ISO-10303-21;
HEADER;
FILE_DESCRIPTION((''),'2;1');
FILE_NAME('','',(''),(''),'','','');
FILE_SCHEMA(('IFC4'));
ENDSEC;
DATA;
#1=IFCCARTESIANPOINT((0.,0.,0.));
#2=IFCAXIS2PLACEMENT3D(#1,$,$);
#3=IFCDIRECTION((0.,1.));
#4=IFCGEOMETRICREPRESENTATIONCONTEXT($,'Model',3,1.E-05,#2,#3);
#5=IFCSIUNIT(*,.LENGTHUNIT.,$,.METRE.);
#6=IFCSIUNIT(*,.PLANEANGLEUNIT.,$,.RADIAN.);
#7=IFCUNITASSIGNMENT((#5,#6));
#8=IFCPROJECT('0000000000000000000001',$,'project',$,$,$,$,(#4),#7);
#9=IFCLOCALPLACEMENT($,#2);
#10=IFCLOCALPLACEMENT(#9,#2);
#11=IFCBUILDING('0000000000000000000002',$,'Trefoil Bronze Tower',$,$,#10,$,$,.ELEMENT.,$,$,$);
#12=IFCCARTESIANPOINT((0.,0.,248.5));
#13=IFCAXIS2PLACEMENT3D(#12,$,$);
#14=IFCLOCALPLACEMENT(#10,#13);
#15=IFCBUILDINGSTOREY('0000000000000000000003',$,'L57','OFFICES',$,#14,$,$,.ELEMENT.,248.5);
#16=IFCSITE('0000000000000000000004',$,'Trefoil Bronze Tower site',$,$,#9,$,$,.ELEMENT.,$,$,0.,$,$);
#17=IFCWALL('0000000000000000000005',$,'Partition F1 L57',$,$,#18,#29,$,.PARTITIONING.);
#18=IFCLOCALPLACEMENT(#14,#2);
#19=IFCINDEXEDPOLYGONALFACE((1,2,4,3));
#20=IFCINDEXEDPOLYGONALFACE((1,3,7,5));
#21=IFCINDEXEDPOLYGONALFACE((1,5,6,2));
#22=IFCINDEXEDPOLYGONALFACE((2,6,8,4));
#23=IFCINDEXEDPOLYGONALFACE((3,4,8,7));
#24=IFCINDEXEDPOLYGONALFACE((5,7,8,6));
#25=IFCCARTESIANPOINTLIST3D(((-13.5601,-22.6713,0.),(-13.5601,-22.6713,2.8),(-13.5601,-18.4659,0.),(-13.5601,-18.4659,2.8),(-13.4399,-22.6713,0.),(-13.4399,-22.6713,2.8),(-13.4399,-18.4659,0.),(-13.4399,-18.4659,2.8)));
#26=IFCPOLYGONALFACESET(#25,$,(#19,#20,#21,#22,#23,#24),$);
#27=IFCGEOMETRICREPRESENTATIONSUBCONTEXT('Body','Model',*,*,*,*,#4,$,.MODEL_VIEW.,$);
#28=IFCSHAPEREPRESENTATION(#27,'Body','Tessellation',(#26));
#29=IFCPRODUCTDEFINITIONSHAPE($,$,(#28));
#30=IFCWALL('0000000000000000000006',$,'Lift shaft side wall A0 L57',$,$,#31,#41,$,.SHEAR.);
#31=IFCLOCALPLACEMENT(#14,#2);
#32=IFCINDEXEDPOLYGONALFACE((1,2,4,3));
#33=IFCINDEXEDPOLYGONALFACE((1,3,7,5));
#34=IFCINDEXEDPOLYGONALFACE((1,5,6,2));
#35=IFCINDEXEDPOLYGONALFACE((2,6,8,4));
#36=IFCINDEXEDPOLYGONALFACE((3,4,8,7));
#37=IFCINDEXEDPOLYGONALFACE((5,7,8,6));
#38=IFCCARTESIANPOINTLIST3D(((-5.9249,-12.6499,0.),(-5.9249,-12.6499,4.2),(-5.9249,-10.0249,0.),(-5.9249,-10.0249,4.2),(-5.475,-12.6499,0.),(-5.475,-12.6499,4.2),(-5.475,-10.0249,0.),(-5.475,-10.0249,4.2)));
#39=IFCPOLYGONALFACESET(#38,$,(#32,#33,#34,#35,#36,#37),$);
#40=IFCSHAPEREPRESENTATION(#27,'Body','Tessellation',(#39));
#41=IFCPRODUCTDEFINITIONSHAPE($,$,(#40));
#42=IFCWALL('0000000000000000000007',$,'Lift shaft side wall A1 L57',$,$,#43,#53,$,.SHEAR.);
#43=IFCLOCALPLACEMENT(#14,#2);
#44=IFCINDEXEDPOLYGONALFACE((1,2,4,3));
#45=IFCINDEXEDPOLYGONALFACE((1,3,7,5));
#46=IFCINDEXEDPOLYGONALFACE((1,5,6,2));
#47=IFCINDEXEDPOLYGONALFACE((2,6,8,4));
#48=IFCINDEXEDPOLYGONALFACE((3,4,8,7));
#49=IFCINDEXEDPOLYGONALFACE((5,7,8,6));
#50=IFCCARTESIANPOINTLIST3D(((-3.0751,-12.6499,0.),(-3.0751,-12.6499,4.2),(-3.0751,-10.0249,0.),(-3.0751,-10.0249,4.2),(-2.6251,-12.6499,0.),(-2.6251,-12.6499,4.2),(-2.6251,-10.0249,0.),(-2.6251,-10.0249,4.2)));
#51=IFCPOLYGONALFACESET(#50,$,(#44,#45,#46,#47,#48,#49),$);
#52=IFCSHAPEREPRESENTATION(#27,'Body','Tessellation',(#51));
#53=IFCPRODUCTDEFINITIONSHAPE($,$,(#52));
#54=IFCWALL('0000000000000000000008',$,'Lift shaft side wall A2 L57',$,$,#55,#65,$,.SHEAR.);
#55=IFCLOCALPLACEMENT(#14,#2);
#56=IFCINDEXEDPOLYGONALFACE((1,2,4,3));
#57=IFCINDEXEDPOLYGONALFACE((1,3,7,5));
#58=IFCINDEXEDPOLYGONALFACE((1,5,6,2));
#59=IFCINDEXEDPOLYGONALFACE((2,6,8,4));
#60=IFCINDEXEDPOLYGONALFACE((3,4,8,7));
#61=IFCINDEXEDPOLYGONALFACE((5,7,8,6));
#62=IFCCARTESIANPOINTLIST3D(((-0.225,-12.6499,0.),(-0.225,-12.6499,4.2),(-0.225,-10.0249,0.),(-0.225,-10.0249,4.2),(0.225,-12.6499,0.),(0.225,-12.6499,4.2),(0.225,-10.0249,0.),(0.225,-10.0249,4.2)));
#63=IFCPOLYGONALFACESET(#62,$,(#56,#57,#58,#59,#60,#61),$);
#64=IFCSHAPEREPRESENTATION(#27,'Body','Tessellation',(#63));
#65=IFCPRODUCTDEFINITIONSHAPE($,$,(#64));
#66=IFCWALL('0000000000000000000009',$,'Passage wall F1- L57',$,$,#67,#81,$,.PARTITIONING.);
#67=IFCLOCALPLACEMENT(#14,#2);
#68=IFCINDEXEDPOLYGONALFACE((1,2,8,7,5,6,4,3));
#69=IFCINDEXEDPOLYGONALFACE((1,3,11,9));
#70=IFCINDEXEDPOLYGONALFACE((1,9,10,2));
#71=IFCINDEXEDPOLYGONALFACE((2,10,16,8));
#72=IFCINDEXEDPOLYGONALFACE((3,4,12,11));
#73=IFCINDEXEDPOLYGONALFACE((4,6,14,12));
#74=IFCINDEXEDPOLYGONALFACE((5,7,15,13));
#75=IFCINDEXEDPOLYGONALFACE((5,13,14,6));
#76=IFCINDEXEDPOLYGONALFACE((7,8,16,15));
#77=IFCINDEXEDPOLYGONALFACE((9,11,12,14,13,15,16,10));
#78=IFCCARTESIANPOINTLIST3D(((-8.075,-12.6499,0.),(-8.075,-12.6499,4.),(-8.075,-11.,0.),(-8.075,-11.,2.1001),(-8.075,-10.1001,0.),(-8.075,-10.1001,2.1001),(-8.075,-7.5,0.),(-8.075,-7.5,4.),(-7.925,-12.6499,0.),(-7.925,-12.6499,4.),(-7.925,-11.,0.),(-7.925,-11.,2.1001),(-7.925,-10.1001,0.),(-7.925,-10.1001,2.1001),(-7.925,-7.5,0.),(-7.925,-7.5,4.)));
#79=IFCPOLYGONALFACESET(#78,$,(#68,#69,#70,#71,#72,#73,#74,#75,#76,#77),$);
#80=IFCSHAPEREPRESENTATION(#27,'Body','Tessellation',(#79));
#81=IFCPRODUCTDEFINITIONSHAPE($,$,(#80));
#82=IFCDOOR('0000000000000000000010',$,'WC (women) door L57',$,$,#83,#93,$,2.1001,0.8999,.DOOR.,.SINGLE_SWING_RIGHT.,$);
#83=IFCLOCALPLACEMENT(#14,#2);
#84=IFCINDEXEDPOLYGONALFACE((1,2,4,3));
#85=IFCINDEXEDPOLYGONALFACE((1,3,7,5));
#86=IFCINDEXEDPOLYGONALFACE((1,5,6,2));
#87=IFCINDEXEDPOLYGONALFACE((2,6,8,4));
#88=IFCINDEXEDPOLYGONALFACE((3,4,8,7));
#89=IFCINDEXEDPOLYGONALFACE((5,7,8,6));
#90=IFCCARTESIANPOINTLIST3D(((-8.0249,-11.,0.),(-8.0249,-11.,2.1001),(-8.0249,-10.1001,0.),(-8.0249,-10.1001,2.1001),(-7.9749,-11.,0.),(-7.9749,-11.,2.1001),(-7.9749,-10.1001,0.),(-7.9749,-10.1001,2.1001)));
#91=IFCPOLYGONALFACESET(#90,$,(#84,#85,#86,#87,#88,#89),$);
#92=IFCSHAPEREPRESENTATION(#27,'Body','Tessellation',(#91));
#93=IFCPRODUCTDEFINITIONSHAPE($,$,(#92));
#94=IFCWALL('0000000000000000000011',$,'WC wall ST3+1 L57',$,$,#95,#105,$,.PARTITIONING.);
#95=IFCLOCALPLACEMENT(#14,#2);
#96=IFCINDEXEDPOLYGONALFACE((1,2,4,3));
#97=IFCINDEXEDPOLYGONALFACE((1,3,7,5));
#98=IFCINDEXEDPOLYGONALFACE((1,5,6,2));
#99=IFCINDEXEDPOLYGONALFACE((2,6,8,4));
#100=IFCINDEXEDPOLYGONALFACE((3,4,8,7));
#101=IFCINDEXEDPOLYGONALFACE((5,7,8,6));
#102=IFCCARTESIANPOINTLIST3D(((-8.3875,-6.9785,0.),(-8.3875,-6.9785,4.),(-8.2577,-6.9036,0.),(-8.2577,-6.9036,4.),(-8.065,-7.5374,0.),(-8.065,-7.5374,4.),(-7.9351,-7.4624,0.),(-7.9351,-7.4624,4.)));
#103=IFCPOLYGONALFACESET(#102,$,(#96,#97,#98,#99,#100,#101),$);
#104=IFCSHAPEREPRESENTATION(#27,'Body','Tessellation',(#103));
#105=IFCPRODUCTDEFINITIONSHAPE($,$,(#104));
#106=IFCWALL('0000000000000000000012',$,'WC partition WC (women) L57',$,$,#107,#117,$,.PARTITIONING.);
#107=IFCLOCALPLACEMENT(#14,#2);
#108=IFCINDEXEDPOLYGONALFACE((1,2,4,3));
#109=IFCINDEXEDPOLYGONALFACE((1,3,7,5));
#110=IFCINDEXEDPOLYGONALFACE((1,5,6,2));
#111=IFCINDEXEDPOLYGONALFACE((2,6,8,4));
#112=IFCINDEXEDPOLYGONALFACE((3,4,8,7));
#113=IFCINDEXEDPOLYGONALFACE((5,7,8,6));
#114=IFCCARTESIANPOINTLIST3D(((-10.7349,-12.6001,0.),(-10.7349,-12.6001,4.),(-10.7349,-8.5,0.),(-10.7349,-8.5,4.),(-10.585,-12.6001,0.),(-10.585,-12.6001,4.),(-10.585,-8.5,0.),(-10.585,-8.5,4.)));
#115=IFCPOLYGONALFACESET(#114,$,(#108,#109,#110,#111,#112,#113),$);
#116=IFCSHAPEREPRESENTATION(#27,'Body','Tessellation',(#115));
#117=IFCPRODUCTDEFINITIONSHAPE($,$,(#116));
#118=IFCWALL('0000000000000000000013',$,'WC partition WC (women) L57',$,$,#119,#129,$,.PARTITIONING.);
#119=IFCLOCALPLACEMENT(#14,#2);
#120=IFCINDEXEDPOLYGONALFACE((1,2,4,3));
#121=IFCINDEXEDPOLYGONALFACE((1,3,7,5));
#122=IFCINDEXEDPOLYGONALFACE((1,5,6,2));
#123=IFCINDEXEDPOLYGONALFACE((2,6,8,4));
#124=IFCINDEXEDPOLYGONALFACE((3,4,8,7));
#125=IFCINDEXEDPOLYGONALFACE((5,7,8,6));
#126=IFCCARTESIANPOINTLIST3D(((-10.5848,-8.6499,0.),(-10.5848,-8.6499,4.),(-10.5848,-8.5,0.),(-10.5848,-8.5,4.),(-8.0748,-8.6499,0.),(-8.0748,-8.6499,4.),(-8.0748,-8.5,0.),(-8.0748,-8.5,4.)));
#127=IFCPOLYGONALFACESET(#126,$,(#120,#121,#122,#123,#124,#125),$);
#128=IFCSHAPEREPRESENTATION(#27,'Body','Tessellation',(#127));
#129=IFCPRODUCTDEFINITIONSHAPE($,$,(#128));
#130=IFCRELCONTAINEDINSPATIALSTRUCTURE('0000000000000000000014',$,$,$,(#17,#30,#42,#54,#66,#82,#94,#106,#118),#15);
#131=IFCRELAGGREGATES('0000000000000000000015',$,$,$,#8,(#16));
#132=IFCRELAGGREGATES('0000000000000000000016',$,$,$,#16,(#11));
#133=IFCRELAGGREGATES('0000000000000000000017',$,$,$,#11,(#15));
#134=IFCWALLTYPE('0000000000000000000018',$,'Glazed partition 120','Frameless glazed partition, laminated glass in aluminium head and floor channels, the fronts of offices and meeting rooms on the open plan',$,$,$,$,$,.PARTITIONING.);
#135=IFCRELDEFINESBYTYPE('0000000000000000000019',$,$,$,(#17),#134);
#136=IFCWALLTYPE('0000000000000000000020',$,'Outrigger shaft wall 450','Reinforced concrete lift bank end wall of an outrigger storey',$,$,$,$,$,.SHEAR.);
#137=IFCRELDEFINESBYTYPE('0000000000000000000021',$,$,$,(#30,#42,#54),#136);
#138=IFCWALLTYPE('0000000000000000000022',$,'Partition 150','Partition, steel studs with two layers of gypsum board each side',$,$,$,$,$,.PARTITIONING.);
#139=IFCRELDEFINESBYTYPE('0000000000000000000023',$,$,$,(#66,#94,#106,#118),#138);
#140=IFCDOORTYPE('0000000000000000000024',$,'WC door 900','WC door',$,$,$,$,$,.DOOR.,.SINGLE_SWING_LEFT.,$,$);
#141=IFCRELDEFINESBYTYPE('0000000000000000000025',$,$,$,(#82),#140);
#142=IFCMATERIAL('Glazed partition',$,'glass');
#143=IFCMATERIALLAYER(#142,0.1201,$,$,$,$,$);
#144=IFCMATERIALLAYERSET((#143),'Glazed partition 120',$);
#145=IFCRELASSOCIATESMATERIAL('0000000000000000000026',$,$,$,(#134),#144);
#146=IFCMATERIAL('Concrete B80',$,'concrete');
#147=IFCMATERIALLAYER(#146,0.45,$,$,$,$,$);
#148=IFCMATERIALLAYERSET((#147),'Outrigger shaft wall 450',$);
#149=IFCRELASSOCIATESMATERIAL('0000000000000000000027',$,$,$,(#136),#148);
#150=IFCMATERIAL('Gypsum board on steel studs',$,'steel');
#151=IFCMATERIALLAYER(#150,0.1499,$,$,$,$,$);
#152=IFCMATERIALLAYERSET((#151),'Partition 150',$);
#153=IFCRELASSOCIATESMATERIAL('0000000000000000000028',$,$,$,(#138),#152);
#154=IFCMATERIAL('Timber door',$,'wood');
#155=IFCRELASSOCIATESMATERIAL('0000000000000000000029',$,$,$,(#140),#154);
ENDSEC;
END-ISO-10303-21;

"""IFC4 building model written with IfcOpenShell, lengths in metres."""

from ifc_helpers import new_model, si_unit, direction, frame, frame_2d, origin, place, context, subcontext, project, spatial, rectangle, extrude, material, layer, layer_set, type_object, element, fill, save


model = new_model("IFC4")

# Units and contexts
model_context = context("Model", 3, precision=1e-05, world=origin(), true_north=direction((0.0, 1.0)))
body_context = subcontext(model_context, "Body", "Model", "MODEL_VIEW")
ifc_project = project(units=[si_unit("LENGTHUNIT", "METRE"), si_unit("PLANEANGLEUNIT", "RADIAN")], contexts=[model_context])

# Site, building, storey
site_placement = place(None, origin())
site = spatial("IfcSite", under=ifc_project, at=site_placement, Name="Trefoil Bronze Tower site", CompositionType="ELEMENT", RefElevation=0.0)
building_placement = place(site_placement, origin())
building = spatial("IfcBuilding", under=site, at=building_placement, Name="Trefoil Bronze Tower", CompositionType="ELEMENT")
storey_placement = place(building_placement, frame((0.0, 0.0, 248.5)))
storey = spatial("IfcBuildingStorey", under=building, at=storey_placement, Name="L57", Description="OFFICES", CompositionType="ELEMENT", Elevation=248.5)

# Walls
ifc_material_1 = material(Name="Glazed partition", Category="glass")
ifc_layer_1 = layer(ifc_material_1, 0.1201)
ifc_layer_set_1 = layer_set([ifc_layer_1], Name="Glazed partition 120")
wall_type_1 = type_object("IfcWallType", Name="Glazed partition 120", Description="Frameless glazed partition, laminated glass in aluminium head and floor channels, the fronts of offices and meeting rooms on the open plan", PredefinedType="PARTITIONING", material=ifc_layer_set_1)
wall_1_placement = place(storey_placement, frame((-13.5, -18.4661, 0.0), z_axis=(0.0, 0.0, 1.0), x_axis=(0.0, -1.0, 0.0)))
element("IfcWall", 1, at=wall_1_placement, inside=storey, type_object=wall_type_1, Name="Partition F1 L57", PredefinedType="PARTITIONING", context=body_context, shape_type="SweptSolid", body=[
    extrude(rectangle(XDim=4.2053, YDim=0.1201, at=frame_2d((2.1025, 0.0))), origin(), (0.0, 0.0, 1.0), 2.8),
])
ifc_material_2 = material(Name="Concrete B80", Category="concrete")
ifc_layer_2 = layer(ifc_material_2, 0.45)
ifc_layer_set_2 = layer_set([ifc_layer_2], Name="Outrigger shaft wall 450")
wall_type_2 = type_object("IfcWallType", Name="Outrigger shaft wall 450", Description="Reinforced concrete lift bank end wall of an outrigger storey", PredefinedType="SHEAR", material=ifc_layer_set_2)
for number, where, z_axis, x_axis, name in (
    (2, (-5.7, -10.0249, 0.0), (0.0, 0.0, 1.0), (0.0, -1.0, 0.0), "Lift shaft side wall A0 L57"),
    (3, (-2.8501, -10.0249, 0.0), (0.0, 0.0, 1.0), (0.0, -1.0, 0.0), "Lift shaft side wall A1 L57"),
    (4, (0.0, -10.0249, 0.0), (0.0, 0.0, 1.0), (0.0, -1.0, 0.0), "Lift shaft side wall A2 L57"),
):
    element("IfcWall", number, at=place(storey_placement, frame(where, z_axis=z_axis, x_axis=x_axis)), inside=storey, type_object=wall_type_2, Name=name, PredefinedType="SHEAR", context=body_context, shape_type="SweptSolid", body=[
        extrude(rectangle(XDim=2.625, YDim=0.45, at=frame_2d((1.3125, 0.0))), origin(), (0.0, 0.0, 1.0), 4.2),
    ])

# Wall, opening, door
ifc_material_3 = material(Name="Gypsum board on steel studs", Category="steel")
ifc_layer_3 = layer(ifc_material_3, 0.1499)
ifc_layer_set_3 = layer_set([ifc_layer_3], Name="Partition 150")
wall_type_3 = type_object("IfcWallType", Name="Partition 150", Description="Partition, steel studs with two layers of gypsum board each side", PredefinedType="PARTITIONING", material=ifc_layer_set_3)
wall_2_placement = place(storey_placement, frame((-8.0, -7.5, 0.0), z_axis=(0.0, 0.0, 1.0), x_axis=(0.0, -1.0, 0.0)))
wall_2 = element("IfcWall", 5, at=wall_2_placement, inside=storey, type_object=wall_type_3, Name="Passage wall F1- L57", PredefinedType="PARTITIONING", context=body_context, shape_type="SweptSolid", body=[
    extrude(rectangle(XDim=5.1499, YDim=0.1499, at=frame_2d((2.575, 0.0))), origin(), (0.0, 0.0, 1.0), 4.0),
])
opening_1_placement = place(wall_2_placement, frame((2.6001, 0.0, 0.0)))
opening_1 = element("IfcOpeningElement", 6, at=opening_1_placement, cuts=wall_2, PredefinedType="OPENING", context=body_context, shape_type="SweptSolid", body=[
    extrude(rectangle(XDim=0.8999, YDim=2.1001, at=frame_2d((0.45, 1.05))), frame((0.0, 0.085, 0.0), z_axis=(0.0, -1.0, 0.0), x_axis=(1.0, 0.0, 0.0)), (0.0, 0.0, 1.0), 0.1699),
])
ifc_material_4 = material(Name="Timber door", Category="wood")
door_type_1 = type_object("IfcDoorType", Name="WC door 900", Description="WC door", OperationType="SINGLE_SWING_LEFT", PredefinedType="DOOR", material=ifc_material_4)
door_1_placement = place(opening_1_placement, frame((0.8999, 0.0, 0.0), z_axis=(0.0, 0.0, 1.0), x_axis=(-1.0, 0.0, 0.0)))
door_1 = element("IfcDoor", 7, at=door_1_placement, inside=storey, type_object=door_type_1, Name="WC (women) door L57", OperationType="SINGLE_SWING_RIGHT", OverallHeight=2.1001, OverallWidth=0.8999, PredefinedType="DOOR", context=body_context, shape_type="SweptSolid", body=[
    extrude(rectangle(XDim=0.8999, YDim=2.1001, at=frame_2d((0.45, 1.05))), frame((0.0, 0.0249, 0.0), z_axis=(0.0, -1.0, 0.0), x_axis=(1.0, 0.0, 0.0)), (0.0, 0.0, 1.0), 0.05),
])
fill(opening_1, door_1)

# Walls
wall_3_placement = place(storey_placement, frame((-8.0, -7.5, 0.0), z_axis=(0.0, 0.0, 1.0), x_axis=(-0.499843, 0.866116, 0.0)))
element("IfcWall", 8, at=wall_3_placement, inside=storey, type_object=wall_type_3, Name="WC wall ST3+1 L57", PredefinedType="PARTITIONING", context=body_context, shape_type="SweptSolid", body=[
    extrude(rectangle(XDim=0.6453, YDim=0.1499, at=frame_2d((0.3228, 0.0))), origin(), (0.0, 0.0, 1.0), 4.0),
])
wall_4_placement = place(storey_placement, frame((-10.6599, -8.5, 0.0), z_axis=(0.0, 0.0, 1.0), x_axis=(0.0, -1.0, 0.0)))
element("IfcWall", 9, at=wall_4_placement, inside=storey, type_object=wall_type_3, Name="WC partition WC (women) L57", PredefinedType="PARTITIONING", context=body_context, shape_type="SweptSolid", body=[
    extrude(rectangle(XDim=4.1001, YDim=0.1499, at=frame_2d((2.05, 0.0))), origin(), (0.0, 0.0, 1.0), 4.0),
])
wall_5_placement = place(storey_placement, frame((-8.075, -8.575, 0.0), z_axis=(0.0, 0.0, 1.0), x_axis=(-1.0, 0.0, 0.0)))
element("IfcWall", 10, at=wall_5_placement, inside=storey, type_object=wall_type_3, Name="WC partition WC (women) L57", PredefinedType="PARTITIONING", context=body_context, shape_type="SweptSolid", body=[
    extrude(rectangle(XDim=2.51, YDim=0.1499, at=frame_2d((1.2549, 0.0))), origin(), (0.0, 0.0, 1.0), 4.0),
])

save(model, "model.ifc")
